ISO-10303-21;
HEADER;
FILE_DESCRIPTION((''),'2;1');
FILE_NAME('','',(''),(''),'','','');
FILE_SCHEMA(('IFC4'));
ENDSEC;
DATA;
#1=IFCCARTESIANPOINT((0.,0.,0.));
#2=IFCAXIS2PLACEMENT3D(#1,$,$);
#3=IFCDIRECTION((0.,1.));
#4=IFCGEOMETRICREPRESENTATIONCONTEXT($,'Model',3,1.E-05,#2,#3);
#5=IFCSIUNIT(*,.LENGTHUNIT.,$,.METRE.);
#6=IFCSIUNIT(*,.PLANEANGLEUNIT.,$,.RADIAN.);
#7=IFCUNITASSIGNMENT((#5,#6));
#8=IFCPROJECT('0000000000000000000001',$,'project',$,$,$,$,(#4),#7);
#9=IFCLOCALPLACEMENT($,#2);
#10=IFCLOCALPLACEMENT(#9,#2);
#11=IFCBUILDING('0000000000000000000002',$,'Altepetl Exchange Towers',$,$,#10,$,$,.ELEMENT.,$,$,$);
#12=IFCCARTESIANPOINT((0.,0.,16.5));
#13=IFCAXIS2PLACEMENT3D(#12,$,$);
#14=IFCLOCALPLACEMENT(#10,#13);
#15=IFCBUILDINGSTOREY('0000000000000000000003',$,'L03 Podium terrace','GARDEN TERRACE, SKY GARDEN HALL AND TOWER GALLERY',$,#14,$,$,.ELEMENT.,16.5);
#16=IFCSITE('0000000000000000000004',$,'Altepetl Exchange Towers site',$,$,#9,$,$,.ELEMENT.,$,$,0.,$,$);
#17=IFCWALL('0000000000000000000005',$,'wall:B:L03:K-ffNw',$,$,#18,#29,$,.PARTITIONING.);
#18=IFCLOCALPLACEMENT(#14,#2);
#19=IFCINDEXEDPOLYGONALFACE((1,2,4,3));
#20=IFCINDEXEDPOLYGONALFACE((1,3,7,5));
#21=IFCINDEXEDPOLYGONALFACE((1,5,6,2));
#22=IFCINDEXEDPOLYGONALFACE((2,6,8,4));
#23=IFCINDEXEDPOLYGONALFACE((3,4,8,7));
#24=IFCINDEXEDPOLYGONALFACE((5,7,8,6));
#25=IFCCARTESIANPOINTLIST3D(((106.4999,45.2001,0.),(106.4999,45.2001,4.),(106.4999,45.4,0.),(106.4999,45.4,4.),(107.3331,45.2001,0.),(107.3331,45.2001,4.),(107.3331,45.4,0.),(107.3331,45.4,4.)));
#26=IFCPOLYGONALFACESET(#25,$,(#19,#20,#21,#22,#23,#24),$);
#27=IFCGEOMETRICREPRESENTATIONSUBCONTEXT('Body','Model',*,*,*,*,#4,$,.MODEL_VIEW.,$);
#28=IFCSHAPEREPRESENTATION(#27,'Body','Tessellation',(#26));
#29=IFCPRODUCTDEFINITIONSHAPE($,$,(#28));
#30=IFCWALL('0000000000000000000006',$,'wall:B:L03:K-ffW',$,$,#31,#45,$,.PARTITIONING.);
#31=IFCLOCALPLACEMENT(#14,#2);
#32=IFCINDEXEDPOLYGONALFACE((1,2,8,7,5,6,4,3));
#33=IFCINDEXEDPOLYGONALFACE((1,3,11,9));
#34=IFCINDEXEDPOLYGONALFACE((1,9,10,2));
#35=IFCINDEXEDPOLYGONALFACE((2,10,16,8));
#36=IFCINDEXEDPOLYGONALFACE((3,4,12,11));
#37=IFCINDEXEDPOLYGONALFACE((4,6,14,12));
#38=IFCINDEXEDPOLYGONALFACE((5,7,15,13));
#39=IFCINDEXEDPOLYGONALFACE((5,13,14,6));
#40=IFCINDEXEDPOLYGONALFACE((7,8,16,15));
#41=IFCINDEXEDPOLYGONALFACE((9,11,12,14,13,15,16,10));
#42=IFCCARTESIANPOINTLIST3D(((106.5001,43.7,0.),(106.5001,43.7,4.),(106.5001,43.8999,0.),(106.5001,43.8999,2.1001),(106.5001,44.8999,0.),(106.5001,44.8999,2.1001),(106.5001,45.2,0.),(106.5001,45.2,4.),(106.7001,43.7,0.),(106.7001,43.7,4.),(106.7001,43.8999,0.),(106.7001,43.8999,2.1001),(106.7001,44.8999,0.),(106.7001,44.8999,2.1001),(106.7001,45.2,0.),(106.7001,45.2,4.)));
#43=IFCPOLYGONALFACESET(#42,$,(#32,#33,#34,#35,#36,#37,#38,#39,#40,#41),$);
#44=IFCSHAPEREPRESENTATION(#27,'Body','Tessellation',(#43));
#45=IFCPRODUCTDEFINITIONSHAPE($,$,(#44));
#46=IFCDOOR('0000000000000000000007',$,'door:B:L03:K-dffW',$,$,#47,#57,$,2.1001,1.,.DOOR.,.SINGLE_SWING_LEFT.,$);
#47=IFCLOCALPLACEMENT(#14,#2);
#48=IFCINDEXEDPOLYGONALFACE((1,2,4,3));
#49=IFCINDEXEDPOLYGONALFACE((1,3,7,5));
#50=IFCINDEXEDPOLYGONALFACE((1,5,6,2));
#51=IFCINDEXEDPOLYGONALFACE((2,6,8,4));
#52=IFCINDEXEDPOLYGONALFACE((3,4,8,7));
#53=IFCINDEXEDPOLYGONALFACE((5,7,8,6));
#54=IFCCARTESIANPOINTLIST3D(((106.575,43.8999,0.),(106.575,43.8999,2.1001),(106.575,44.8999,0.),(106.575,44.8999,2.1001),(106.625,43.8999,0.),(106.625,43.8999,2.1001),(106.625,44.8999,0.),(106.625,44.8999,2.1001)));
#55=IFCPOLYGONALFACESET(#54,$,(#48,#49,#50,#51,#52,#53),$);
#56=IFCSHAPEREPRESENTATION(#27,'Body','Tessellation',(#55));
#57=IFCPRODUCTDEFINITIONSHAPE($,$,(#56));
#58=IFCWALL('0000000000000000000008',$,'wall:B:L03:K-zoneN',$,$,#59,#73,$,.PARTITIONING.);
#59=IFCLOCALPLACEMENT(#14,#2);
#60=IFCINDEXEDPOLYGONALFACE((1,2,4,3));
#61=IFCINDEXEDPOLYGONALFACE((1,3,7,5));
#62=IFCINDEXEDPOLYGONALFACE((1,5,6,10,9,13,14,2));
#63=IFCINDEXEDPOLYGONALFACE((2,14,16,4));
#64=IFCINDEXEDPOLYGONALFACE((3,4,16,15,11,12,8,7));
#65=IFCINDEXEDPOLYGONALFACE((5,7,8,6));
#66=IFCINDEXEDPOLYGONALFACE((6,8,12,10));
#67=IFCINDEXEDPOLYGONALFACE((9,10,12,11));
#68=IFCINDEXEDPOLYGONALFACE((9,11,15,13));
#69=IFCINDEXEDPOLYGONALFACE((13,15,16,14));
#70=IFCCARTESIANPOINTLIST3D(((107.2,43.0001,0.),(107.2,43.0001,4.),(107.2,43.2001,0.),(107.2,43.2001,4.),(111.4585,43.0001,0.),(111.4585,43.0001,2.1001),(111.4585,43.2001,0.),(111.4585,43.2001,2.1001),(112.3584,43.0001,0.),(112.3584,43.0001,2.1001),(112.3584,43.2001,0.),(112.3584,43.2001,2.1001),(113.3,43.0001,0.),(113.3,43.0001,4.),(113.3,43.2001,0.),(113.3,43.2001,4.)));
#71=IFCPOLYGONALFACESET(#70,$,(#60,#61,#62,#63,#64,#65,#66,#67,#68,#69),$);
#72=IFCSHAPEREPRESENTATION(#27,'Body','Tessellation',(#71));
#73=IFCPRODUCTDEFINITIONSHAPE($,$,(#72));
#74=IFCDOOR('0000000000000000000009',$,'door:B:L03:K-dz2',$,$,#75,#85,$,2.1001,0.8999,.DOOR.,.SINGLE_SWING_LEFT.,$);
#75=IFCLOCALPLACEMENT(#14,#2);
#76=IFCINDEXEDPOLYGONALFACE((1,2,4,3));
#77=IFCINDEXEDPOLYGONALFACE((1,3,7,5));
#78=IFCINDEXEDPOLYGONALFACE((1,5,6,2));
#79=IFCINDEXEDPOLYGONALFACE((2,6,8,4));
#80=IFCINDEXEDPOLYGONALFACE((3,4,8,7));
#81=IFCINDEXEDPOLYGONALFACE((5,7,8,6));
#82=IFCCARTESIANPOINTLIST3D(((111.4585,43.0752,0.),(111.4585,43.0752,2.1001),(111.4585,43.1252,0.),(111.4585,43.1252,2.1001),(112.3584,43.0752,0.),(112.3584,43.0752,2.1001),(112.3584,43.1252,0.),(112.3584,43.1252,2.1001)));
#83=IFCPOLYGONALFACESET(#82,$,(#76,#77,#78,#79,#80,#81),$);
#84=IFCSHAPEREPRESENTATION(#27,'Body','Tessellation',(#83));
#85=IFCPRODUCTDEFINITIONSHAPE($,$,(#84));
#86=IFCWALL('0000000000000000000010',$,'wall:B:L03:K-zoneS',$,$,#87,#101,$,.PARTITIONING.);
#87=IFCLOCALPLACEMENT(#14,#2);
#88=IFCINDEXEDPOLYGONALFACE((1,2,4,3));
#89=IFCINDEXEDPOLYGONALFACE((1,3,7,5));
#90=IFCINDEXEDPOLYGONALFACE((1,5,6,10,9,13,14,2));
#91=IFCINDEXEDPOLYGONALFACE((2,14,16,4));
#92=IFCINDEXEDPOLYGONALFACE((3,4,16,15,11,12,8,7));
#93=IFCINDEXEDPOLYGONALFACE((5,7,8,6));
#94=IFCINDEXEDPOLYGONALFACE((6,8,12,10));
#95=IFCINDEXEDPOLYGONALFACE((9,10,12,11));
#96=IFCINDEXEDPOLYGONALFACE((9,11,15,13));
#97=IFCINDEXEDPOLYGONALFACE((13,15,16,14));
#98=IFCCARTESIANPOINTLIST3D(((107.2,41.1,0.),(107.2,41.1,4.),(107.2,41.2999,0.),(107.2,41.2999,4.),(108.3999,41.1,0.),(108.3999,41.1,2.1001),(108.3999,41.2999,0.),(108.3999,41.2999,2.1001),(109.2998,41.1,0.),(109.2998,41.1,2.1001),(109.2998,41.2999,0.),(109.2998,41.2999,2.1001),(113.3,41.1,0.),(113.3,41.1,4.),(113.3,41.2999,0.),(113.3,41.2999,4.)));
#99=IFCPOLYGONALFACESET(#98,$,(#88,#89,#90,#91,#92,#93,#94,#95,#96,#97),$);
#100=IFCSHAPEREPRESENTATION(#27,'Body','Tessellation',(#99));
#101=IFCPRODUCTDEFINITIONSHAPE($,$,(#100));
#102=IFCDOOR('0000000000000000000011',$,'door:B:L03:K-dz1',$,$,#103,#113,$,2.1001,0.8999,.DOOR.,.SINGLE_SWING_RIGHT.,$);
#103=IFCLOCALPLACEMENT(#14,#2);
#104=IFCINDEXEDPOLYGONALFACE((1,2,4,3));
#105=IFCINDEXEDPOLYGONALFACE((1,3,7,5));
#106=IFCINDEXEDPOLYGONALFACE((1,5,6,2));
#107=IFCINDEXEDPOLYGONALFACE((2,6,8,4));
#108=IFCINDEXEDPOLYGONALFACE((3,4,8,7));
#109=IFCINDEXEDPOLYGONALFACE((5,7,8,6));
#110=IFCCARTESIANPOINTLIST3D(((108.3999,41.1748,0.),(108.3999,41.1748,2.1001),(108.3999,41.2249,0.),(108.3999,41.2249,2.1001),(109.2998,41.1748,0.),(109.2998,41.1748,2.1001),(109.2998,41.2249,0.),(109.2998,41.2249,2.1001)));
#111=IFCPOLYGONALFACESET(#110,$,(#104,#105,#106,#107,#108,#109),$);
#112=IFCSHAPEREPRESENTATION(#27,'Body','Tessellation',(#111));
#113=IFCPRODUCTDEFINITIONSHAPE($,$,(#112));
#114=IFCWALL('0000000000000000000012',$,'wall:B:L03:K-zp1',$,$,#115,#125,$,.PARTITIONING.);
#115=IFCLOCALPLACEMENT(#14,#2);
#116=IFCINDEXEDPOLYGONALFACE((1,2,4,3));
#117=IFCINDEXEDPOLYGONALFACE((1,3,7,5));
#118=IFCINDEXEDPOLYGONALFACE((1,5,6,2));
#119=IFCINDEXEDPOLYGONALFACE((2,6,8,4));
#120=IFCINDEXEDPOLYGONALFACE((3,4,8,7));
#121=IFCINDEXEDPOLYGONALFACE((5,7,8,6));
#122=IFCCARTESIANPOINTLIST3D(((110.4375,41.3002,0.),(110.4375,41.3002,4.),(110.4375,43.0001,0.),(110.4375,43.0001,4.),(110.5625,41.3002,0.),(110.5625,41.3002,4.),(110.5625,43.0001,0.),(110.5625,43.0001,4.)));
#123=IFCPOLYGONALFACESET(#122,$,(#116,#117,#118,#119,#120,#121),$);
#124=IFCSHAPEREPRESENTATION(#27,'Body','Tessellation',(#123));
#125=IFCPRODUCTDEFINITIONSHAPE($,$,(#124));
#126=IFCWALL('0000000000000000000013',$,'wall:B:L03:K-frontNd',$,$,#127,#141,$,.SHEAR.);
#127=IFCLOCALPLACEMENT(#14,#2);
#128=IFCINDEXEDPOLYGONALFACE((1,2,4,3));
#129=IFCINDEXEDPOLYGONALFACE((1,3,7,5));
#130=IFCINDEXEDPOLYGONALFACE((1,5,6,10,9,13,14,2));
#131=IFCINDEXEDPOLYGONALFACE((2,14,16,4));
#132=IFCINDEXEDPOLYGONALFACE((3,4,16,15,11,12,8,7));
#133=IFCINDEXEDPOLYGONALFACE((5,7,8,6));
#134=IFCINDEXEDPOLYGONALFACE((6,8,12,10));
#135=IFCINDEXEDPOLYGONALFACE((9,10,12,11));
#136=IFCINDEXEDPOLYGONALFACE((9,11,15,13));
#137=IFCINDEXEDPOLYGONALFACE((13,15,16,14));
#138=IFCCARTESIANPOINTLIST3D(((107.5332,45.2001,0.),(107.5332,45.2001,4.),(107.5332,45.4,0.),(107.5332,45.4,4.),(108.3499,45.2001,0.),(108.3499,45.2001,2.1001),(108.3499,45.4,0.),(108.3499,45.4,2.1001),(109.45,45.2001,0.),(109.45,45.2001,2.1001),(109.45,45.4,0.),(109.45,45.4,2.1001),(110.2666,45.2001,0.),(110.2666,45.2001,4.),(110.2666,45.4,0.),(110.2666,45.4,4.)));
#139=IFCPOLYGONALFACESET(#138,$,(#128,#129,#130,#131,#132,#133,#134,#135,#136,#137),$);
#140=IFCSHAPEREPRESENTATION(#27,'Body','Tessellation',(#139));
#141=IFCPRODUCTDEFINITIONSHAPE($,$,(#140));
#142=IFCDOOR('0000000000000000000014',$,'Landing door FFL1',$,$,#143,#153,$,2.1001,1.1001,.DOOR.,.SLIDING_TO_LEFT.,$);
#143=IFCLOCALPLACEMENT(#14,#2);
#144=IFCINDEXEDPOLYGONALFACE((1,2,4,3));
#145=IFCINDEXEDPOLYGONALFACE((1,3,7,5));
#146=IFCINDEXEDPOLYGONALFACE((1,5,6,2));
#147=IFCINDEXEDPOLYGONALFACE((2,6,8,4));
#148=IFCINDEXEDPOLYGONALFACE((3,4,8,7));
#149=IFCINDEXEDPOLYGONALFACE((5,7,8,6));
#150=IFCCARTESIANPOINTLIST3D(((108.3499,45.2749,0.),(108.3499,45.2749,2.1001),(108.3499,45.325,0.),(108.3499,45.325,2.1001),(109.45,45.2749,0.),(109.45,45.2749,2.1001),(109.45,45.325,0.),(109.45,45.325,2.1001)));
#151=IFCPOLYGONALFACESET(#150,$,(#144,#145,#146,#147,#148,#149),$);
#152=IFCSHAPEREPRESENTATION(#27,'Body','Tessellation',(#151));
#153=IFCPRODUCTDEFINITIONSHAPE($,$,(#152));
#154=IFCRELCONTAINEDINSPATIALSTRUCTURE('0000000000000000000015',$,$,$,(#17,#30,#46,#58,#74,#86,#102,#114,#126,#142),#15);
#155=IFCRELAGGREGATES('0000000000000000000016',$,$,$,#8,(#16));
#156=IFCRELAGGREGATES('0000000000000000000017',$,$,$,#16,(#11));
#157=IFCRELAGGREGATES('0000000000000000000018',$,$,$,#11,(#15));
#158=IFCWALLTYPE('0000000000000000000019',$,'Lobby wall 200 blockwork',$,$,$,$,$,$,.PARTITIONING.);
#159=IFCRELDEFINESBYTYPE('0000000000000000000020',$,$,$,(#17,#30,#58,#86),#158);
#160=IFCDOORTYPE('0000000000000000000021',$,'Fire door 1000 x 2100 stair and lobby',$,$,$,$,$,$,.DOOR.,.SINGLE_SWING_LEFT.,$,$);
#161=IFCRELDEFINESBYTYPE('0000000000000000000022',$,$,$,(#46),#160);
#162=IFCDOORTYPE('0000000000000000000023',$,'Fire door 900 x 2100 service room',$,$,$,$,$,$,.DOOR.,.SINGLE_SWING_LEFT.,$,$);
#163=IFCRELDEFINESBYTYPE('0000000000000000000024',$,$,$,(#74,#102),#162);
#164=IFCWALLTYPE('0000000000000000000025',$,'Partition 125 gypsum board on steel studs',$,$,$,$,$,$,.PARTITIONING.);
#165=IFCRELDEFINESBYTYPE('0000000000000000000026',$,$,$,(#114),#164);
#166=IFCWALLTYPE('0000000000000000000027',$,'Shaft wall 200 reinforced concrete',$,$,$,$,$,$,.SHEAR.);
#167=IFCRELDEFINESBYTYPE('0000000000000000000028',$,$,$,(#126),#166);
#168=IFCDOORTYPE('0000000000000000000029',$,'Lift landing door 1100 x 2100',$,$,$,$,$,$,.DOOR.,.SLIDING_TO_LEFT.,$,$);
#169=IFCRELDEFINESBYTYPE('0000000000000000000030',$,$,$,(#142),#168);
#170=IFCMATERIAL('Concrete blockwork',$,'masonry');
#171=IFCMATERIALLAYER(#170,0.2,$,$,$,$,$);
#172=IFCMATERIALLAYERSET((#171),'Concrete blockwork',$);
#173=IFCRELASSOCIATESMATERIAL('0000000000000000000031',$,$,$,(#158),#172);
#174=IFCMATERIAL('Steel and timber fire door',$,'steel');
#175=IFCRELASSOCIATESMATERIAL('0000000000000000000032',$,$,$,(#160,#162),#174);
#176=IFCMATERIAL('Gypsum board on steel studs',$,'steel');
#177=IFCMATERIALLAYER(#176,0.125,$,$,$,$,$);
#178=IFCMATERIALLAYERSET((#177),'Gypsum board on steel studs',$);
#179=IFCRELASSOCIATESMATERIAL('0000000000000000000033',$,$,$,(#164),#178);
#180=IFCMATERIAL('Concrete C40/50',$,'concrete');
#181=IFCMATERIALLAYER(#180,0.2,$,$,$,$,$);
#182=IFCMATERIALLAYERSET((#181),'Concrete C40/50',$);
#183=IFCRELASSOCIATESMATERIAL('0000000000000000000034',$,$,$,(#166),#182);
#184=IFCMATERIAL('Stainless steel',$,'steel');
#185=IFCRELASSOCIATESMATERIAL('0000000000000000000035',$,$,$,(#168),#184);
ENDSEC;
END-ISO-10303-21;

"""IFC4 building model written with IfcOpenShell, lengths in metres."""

from ifc_helpers import new_model, si_unit, direction, frame, frame_2d, origin, place, context, subcontext, project, spatial, rectangle, extrude, material, layer, layer_set, type_object, element, fill, save


model = new_model("IFC4")

# Units and contexts
model_context = context("Model", 3, precision=1e-05, world=origin(), true_north=direction((0.0, 1.0)))
body_context = subcontext(model_context, "Body", "Model", "MODEL_VIEW")
ifc_project = project(units=[si_unit("LENGTHUNIT", "METRE"), si_unit("PLANEANGLEUNIT", "RADIAN")], contexts=[model_context])

# Site, building, storey
site_placement = place(None, origin())
site = spatial("IfcSite", under=ifc_project, at=site_placement, Name="Altepetl Exchange Towers site", CompositionType="ELEMENT", RefElevation=0.0)
building_placement = place(site_placement, origin())
building = spatial("IfcBuilding", under=site, at=building_placement, Name="Altepetl Exchange Towers", CompositionType="ELEMENT")
storey_placement = place(building_placement, frame((0.0, 0.0, 16.5)))
storey = spatial("IfcBuildingStorey", under=building, at=storey_placement, Name="L03 Podium terrace", Description="GARDEN TERRACE, SKY GARDEN HALL AND TOWER GALLERY", CompositionType="ELEMENT", Elevation=16.5)

# Wall
ifc_material_1 = material(Name="Concrete blockwork", Category="masonry")
ifc_layer_1 = layer(ifc_material_1, 0.2)
ifc_layer_set_1 = layer_set([ifc_layer_1], Name="Concrete blockwork")
wall_type_1 = type_object("IfcWallType", Name="Lobby wall 200 blockwork", PredefinedType="PARTITIONING", material=ifc_layer_set_1)
wall_1_placement = place(storey_placement, frame((106.5, 45.3, 0.0)))
element("IfcWall", 1, at=wall_1_placement, inside=storey, type_object=wall_type_1, Name="wall:B:L03:K-ffNw", PredefinedType="PARTITIONING", context=body_context, shape_type="SweptSolid", body=[
    extrude(rectangle(XDim=0.8333, YDim=0.2, at=frame_2d((0.4165, 0.0))), origin(), (0.0, 0.0, 1.0), 4.0),
])

# Walls, openings, doors
wall_2_placement = place(storey_placement, frame((106.6001, 43.7, 0.0), z_axis=(0.0, 0.0, 1.0), x_axis=(0.0, 1.0, 0.0)))
wall_2 = element("IfcWall", 2, at=wall_2_placement, inside=storey, type_object=wall_type_1, Name="wall:B:L03:K-ffW", PredefinedType="PARTITIONING", context=body_context, shape_type="SweptSolid", body=[
    extrude(rectangle(XDim=1.5, YDim=0.2, at=frame_2d((0.75, 0.0))), origin(), (0.0, 0.0, 1.0), 4.0),
])
opening_1_placement = place(wall_2_placement, frame((0.2, 0.0, 0.0)))
opening_1 = element("IfcOpeningElement", 3, at=opening_1_placement, cuts=wall_2, PredefinedType="OPENING", context=body_context, shape_type="SweptSolid", body=[
    extrude(rectangle(XDim=1.0, YDim=2.1001, at=frame_2d((0.5, 1.05))), frame((0.0, 0.1099, 0.0), z_axis=(0.0, -1.0, 0.0), x_axis=(1.0, 0.0, 0.0)), (0.0, 0.0, 1.0), 0.22),
])
ifc_material_2 = material(Name="Steel and timber fire door", Category="steel")
door_type_1 = type_object("IfcDoorType", Name="Fire door 1000 x 2100 stair and lobby", OperationType="SINGLE_SWING_LEFT", PredefinedType="DOOR", material=ifc_material_2)
door_1_placement = place(opening_1_placement, frame((1.0, 0.0, 0.0), x_axis=(-1.0, 0.0, 0.0)))
door_1 = element("IfcDoor", 4, at=door_1_placement, inside=storey, type_object=door_type_1, Name="door:B:L03:K-dffW", OperationType="SINGLE_SWING_LEFT", OverallHeight=2.1001, OverallWidth=1.0, PredefinedType="DOOR", context=body_context, shape_type="SweptSolid", body=[
    extrude(rectangle(XDim=1.0, YDim=2.1001, at=frame_2d((0.5, 1.05))), frame((0.0, 0.0249, 0.0), z_axis=(0.0, -1.0, 0.0), x_axis=(1.0, 0.0, 0.0)), (0.0, 0.0, 1.0), 0.05),
])
fill(opening_1, door_1)
wall_3_placement = place(storey_placement, frame((107.2, 43.1001, 0.0)))
wall_3 = element("IfcWall", 5, at=wall_3_placement, inside=storey, type_object=wall_type_1, Name="wall:B:L03:K-zoneN", PredefinedType="PARTITIONING", context=body_context, shape_type="SweptSolid", body=[
    extrude(rectangle(XDim=6.1001, YDim=0.2, at=frame_2d((3.05, 0.0))), origin(), (0.0, 0.0, 1.0), 4.0),
])
opening_2_placement = place(wall_3_placement, frame((4.2585, 0.0, 0.0)))
opening_2 = element("IfcOpeningElement", 6, at=opening_2_placement, cuts=wall_3, PredefinedType="OPENING", context=body_context, shape_type="SweptSolid", body=[
    extrude(rectangle(XDim=0.8999, YDim=2.1001, at=frame_2d((0.45, 1.05))), frame((0.0, 0.1099, 0.0), z_axis=(0.0, -1.0, 0.0), x_axis=(1.0, 0.0, 0.0)), (0.0, 0.0, 1.0), 0.22),
])
door_type_2 = type_object("IfcDoorType", Name="Fire door 900 x 2100 service room", OperationType="SINGLE_SWING_LEFT", PredefinedType="DOOR", material=ifc_material_2)
door_2_placement = place(opening_2_placement, frame((0.8999, 0.0, 0.0), x_axis=(-1.0, 0.0, 0.0)))
door_2 = element("IfcDoor", 7, at=door_2_placement, inside=storey, type_object=door_type_2, Name="door:B:L03:K-dz2", OperationType="SINGLE_SWING_LEFT", OverallHeight=2.1001, OverallWidth=0.8999, PredefinedType="DOOR", context=body_context, shape_type="SweptSolid", body=[
    extrude(rectangle(XDim=0.8999, YDim=2.1001, at=frame_2d((0.45, 1.05))), frame((0.0, 0.0249, 0.0), z_axis=(0.0, -1.0, 0.0), x_axis=(1.0, 0.0, 0.0)), (0.0, 0.0, 1.0), 0.05),
])
fill(opening_2, door_2)
wall_4_placement = place(storey_placement, frame((107.2, 41.2, 0.0)))
wall_4 = element("IfcWall", 8, at=wall_4_placement, inside=storey, type_object=wall_type_1, Name="wall:B:L03:K-zoneS", PredefinedType="PARTITIONING", context=body_context, shape_type="SweptSolid", body=[
    extrude(rectangle(XDim=6.1001, YDim=0.2, at=frame_2d((3.05, 0.0))), origin(), (0.0, 0.0, 1.0), 4.0),
])
opening_3_placement = place(wall_4_placement, frame((1.2, 0.0, 0.0)))
opening_3 = element("IfcOpeningElement", 9, at=opening_3_placement, cuts=wall_4, PredefinedType="OPENING", context=body_context, shape_type="SweptSolid", body=[
    extrude(rectangle(XDim=0.8999, YDim=2.1001, at=frame_2d((0.45, 1.05))), frame((0.0, 0.1099, 0.0), z_axis=(0.0, -1.0, 0.0), x_axis=(1.0, 0.0, 0.0)), (0.0, 0.0, 1.0), 0.22),
])
door_3_placement = place(opening_3_placement, origin())
door_3 = element("IfcDoor", 10, at=door_3_placement, inside=storey, type_object=door_type_2, Name="door:B:L03:K-dz1", OperationType="SINGLE_SWING_RIGHT", OverallHeight=2.1001, OverallWidth=0.8999, PredefinedType="DOOR", context=body_context, shape_type="SweptSolid", body=[
    extrude(rectangle(XDim=0.8999, YDim=2.1001, at=frame_2d((0.45, 1.05))), frame((0.0, 0.0249, 0.0), z_axis=(0.0, -1.0, 0.0), x_axis=(1.0, 0.0, 0.0)), (0.0, 0.0, 1.0), 0.05),
])
fill(opening_3, door_3)

# Wall
ifc_material_3 = material(Name="Gypsum board on steel studs", Category="steel")
ifc_layer_2 = layer(ifc_material_3, 0.125)
ifc_layer_set_2 = layer_set([ifc_layer_2], Name="Gypsum board on steel studs")
wall_type_2 = type_object("IfcWallType", Name="Partition 125 gypsum board on steel studs", PredefinedType="PARTITIONING", material=ifc_layer_set_2)
wall_5_placement = place(storey_placement, frame((110.5, 41.3, 0.0), z_axis=(0.0, 0.0, 1.0), x_axis=(0.0, 1.0, 0.0)))
element("IfcWall", 11, at=wall_5_placement, inside=storey, type_object=wall_type_2, Name="wall:B:L03:K-zp1", PredefinedType="PARTITIONING", context=body_context, shape_type="SweptSolid", body=[
    extrude(rectangle(XDim=1.7, YDim=0.125, at=frame_2d((0.8501, 0.0))), origin(), (0.0, 0.0, 1.0), 4.0),
])

# Wall, opening, door
ifc_material_4 = material(Name="Concrete C40/50", Category="concrete")
ifc_layer_3 = layer(ifc_material_4, 0.2)
ifc_layer_set_3 = layer_set([ifc_layer_3], Name="Concrete C40/50")
wall_type_3 = type_object("IfcWallType", Name="Shaft wall 200 reinforced concrete", PredefinedType="SHEAR", material=ifc_layer_set_3)
wall_6_placement = place(storey_placement, frame((107.5332, 45.3, 0.0)))
wall_6 = element("IfcWall", 12, at=wall_6_placement, inside=storey, type_object=wall_type_3, Name="wall:B:L03:K-frontNd", PredefinedType="SHEAR", context=body_context, shape_type="SweptSolid", body=[
    extrude(rectangle(XDim=2.7334, YDim=0.2, at=frame_2d((1.3667, 0.0))), origin(), (0.0, 0.0, 1.0), 4.0),
])
opening_4_placement = place(wall_6_placement, frame((0.8167, 0.0, 0.0)))
opening_4 = element("IfcOpeningElement", 13, at=opening_4_placement, cuts=wall_6, PredefinedType="OPENING", context=body_context, shape_type="SweptSolid", body=[
    extrude(rectangle(XDim=1.1001, YDim=2.1001, at=frame_2d((0.55, 1.05))), frame((0.0, 0.1099, 0.0), z_axis=(0.0, -1.0, 0.0), x_axis=(1.0, 0.0, 0.0)), (0.0, 0.0, 1.0), 0.22),
])
ifc_material_5 = material(Name="Stainless steel", Category="steel")
door_type_3 = type_object("IfcDoorType", Name="Lift landing door 1100 x 2100", OperationType="SLIDING_TO_LEFT", PredefinedType="DOOR", material=ifc_material_5)
door_4_placement = place(opening_4_placement, origin())
door_4 = element("IfcDoor", 14, at=door_4_placement, inside=storey, type_object=door_type_3, Name="Landing door FFL1", OperationType="SLIDING_TO_LEFT", OverallHeight=2.1001, OverallWidth=1.1001, PredefinedType="DOOR", context=body_context, shape_type="SweptSolid", body=[
    extrude(rectangle(XDim=1.1001, YDim=2.1001, at=frame_2d((0.55, 1.05))), frame((0.0, 0.0249, 0.0), z_axis=(0.0, -1.0, 0.0), x_axis=(1.0, 0.0, 0.0)), (0.0, 0.0, 1.0), 0.05),
])
fill(opening_4, door_4)

save(model, "model.ifc")
